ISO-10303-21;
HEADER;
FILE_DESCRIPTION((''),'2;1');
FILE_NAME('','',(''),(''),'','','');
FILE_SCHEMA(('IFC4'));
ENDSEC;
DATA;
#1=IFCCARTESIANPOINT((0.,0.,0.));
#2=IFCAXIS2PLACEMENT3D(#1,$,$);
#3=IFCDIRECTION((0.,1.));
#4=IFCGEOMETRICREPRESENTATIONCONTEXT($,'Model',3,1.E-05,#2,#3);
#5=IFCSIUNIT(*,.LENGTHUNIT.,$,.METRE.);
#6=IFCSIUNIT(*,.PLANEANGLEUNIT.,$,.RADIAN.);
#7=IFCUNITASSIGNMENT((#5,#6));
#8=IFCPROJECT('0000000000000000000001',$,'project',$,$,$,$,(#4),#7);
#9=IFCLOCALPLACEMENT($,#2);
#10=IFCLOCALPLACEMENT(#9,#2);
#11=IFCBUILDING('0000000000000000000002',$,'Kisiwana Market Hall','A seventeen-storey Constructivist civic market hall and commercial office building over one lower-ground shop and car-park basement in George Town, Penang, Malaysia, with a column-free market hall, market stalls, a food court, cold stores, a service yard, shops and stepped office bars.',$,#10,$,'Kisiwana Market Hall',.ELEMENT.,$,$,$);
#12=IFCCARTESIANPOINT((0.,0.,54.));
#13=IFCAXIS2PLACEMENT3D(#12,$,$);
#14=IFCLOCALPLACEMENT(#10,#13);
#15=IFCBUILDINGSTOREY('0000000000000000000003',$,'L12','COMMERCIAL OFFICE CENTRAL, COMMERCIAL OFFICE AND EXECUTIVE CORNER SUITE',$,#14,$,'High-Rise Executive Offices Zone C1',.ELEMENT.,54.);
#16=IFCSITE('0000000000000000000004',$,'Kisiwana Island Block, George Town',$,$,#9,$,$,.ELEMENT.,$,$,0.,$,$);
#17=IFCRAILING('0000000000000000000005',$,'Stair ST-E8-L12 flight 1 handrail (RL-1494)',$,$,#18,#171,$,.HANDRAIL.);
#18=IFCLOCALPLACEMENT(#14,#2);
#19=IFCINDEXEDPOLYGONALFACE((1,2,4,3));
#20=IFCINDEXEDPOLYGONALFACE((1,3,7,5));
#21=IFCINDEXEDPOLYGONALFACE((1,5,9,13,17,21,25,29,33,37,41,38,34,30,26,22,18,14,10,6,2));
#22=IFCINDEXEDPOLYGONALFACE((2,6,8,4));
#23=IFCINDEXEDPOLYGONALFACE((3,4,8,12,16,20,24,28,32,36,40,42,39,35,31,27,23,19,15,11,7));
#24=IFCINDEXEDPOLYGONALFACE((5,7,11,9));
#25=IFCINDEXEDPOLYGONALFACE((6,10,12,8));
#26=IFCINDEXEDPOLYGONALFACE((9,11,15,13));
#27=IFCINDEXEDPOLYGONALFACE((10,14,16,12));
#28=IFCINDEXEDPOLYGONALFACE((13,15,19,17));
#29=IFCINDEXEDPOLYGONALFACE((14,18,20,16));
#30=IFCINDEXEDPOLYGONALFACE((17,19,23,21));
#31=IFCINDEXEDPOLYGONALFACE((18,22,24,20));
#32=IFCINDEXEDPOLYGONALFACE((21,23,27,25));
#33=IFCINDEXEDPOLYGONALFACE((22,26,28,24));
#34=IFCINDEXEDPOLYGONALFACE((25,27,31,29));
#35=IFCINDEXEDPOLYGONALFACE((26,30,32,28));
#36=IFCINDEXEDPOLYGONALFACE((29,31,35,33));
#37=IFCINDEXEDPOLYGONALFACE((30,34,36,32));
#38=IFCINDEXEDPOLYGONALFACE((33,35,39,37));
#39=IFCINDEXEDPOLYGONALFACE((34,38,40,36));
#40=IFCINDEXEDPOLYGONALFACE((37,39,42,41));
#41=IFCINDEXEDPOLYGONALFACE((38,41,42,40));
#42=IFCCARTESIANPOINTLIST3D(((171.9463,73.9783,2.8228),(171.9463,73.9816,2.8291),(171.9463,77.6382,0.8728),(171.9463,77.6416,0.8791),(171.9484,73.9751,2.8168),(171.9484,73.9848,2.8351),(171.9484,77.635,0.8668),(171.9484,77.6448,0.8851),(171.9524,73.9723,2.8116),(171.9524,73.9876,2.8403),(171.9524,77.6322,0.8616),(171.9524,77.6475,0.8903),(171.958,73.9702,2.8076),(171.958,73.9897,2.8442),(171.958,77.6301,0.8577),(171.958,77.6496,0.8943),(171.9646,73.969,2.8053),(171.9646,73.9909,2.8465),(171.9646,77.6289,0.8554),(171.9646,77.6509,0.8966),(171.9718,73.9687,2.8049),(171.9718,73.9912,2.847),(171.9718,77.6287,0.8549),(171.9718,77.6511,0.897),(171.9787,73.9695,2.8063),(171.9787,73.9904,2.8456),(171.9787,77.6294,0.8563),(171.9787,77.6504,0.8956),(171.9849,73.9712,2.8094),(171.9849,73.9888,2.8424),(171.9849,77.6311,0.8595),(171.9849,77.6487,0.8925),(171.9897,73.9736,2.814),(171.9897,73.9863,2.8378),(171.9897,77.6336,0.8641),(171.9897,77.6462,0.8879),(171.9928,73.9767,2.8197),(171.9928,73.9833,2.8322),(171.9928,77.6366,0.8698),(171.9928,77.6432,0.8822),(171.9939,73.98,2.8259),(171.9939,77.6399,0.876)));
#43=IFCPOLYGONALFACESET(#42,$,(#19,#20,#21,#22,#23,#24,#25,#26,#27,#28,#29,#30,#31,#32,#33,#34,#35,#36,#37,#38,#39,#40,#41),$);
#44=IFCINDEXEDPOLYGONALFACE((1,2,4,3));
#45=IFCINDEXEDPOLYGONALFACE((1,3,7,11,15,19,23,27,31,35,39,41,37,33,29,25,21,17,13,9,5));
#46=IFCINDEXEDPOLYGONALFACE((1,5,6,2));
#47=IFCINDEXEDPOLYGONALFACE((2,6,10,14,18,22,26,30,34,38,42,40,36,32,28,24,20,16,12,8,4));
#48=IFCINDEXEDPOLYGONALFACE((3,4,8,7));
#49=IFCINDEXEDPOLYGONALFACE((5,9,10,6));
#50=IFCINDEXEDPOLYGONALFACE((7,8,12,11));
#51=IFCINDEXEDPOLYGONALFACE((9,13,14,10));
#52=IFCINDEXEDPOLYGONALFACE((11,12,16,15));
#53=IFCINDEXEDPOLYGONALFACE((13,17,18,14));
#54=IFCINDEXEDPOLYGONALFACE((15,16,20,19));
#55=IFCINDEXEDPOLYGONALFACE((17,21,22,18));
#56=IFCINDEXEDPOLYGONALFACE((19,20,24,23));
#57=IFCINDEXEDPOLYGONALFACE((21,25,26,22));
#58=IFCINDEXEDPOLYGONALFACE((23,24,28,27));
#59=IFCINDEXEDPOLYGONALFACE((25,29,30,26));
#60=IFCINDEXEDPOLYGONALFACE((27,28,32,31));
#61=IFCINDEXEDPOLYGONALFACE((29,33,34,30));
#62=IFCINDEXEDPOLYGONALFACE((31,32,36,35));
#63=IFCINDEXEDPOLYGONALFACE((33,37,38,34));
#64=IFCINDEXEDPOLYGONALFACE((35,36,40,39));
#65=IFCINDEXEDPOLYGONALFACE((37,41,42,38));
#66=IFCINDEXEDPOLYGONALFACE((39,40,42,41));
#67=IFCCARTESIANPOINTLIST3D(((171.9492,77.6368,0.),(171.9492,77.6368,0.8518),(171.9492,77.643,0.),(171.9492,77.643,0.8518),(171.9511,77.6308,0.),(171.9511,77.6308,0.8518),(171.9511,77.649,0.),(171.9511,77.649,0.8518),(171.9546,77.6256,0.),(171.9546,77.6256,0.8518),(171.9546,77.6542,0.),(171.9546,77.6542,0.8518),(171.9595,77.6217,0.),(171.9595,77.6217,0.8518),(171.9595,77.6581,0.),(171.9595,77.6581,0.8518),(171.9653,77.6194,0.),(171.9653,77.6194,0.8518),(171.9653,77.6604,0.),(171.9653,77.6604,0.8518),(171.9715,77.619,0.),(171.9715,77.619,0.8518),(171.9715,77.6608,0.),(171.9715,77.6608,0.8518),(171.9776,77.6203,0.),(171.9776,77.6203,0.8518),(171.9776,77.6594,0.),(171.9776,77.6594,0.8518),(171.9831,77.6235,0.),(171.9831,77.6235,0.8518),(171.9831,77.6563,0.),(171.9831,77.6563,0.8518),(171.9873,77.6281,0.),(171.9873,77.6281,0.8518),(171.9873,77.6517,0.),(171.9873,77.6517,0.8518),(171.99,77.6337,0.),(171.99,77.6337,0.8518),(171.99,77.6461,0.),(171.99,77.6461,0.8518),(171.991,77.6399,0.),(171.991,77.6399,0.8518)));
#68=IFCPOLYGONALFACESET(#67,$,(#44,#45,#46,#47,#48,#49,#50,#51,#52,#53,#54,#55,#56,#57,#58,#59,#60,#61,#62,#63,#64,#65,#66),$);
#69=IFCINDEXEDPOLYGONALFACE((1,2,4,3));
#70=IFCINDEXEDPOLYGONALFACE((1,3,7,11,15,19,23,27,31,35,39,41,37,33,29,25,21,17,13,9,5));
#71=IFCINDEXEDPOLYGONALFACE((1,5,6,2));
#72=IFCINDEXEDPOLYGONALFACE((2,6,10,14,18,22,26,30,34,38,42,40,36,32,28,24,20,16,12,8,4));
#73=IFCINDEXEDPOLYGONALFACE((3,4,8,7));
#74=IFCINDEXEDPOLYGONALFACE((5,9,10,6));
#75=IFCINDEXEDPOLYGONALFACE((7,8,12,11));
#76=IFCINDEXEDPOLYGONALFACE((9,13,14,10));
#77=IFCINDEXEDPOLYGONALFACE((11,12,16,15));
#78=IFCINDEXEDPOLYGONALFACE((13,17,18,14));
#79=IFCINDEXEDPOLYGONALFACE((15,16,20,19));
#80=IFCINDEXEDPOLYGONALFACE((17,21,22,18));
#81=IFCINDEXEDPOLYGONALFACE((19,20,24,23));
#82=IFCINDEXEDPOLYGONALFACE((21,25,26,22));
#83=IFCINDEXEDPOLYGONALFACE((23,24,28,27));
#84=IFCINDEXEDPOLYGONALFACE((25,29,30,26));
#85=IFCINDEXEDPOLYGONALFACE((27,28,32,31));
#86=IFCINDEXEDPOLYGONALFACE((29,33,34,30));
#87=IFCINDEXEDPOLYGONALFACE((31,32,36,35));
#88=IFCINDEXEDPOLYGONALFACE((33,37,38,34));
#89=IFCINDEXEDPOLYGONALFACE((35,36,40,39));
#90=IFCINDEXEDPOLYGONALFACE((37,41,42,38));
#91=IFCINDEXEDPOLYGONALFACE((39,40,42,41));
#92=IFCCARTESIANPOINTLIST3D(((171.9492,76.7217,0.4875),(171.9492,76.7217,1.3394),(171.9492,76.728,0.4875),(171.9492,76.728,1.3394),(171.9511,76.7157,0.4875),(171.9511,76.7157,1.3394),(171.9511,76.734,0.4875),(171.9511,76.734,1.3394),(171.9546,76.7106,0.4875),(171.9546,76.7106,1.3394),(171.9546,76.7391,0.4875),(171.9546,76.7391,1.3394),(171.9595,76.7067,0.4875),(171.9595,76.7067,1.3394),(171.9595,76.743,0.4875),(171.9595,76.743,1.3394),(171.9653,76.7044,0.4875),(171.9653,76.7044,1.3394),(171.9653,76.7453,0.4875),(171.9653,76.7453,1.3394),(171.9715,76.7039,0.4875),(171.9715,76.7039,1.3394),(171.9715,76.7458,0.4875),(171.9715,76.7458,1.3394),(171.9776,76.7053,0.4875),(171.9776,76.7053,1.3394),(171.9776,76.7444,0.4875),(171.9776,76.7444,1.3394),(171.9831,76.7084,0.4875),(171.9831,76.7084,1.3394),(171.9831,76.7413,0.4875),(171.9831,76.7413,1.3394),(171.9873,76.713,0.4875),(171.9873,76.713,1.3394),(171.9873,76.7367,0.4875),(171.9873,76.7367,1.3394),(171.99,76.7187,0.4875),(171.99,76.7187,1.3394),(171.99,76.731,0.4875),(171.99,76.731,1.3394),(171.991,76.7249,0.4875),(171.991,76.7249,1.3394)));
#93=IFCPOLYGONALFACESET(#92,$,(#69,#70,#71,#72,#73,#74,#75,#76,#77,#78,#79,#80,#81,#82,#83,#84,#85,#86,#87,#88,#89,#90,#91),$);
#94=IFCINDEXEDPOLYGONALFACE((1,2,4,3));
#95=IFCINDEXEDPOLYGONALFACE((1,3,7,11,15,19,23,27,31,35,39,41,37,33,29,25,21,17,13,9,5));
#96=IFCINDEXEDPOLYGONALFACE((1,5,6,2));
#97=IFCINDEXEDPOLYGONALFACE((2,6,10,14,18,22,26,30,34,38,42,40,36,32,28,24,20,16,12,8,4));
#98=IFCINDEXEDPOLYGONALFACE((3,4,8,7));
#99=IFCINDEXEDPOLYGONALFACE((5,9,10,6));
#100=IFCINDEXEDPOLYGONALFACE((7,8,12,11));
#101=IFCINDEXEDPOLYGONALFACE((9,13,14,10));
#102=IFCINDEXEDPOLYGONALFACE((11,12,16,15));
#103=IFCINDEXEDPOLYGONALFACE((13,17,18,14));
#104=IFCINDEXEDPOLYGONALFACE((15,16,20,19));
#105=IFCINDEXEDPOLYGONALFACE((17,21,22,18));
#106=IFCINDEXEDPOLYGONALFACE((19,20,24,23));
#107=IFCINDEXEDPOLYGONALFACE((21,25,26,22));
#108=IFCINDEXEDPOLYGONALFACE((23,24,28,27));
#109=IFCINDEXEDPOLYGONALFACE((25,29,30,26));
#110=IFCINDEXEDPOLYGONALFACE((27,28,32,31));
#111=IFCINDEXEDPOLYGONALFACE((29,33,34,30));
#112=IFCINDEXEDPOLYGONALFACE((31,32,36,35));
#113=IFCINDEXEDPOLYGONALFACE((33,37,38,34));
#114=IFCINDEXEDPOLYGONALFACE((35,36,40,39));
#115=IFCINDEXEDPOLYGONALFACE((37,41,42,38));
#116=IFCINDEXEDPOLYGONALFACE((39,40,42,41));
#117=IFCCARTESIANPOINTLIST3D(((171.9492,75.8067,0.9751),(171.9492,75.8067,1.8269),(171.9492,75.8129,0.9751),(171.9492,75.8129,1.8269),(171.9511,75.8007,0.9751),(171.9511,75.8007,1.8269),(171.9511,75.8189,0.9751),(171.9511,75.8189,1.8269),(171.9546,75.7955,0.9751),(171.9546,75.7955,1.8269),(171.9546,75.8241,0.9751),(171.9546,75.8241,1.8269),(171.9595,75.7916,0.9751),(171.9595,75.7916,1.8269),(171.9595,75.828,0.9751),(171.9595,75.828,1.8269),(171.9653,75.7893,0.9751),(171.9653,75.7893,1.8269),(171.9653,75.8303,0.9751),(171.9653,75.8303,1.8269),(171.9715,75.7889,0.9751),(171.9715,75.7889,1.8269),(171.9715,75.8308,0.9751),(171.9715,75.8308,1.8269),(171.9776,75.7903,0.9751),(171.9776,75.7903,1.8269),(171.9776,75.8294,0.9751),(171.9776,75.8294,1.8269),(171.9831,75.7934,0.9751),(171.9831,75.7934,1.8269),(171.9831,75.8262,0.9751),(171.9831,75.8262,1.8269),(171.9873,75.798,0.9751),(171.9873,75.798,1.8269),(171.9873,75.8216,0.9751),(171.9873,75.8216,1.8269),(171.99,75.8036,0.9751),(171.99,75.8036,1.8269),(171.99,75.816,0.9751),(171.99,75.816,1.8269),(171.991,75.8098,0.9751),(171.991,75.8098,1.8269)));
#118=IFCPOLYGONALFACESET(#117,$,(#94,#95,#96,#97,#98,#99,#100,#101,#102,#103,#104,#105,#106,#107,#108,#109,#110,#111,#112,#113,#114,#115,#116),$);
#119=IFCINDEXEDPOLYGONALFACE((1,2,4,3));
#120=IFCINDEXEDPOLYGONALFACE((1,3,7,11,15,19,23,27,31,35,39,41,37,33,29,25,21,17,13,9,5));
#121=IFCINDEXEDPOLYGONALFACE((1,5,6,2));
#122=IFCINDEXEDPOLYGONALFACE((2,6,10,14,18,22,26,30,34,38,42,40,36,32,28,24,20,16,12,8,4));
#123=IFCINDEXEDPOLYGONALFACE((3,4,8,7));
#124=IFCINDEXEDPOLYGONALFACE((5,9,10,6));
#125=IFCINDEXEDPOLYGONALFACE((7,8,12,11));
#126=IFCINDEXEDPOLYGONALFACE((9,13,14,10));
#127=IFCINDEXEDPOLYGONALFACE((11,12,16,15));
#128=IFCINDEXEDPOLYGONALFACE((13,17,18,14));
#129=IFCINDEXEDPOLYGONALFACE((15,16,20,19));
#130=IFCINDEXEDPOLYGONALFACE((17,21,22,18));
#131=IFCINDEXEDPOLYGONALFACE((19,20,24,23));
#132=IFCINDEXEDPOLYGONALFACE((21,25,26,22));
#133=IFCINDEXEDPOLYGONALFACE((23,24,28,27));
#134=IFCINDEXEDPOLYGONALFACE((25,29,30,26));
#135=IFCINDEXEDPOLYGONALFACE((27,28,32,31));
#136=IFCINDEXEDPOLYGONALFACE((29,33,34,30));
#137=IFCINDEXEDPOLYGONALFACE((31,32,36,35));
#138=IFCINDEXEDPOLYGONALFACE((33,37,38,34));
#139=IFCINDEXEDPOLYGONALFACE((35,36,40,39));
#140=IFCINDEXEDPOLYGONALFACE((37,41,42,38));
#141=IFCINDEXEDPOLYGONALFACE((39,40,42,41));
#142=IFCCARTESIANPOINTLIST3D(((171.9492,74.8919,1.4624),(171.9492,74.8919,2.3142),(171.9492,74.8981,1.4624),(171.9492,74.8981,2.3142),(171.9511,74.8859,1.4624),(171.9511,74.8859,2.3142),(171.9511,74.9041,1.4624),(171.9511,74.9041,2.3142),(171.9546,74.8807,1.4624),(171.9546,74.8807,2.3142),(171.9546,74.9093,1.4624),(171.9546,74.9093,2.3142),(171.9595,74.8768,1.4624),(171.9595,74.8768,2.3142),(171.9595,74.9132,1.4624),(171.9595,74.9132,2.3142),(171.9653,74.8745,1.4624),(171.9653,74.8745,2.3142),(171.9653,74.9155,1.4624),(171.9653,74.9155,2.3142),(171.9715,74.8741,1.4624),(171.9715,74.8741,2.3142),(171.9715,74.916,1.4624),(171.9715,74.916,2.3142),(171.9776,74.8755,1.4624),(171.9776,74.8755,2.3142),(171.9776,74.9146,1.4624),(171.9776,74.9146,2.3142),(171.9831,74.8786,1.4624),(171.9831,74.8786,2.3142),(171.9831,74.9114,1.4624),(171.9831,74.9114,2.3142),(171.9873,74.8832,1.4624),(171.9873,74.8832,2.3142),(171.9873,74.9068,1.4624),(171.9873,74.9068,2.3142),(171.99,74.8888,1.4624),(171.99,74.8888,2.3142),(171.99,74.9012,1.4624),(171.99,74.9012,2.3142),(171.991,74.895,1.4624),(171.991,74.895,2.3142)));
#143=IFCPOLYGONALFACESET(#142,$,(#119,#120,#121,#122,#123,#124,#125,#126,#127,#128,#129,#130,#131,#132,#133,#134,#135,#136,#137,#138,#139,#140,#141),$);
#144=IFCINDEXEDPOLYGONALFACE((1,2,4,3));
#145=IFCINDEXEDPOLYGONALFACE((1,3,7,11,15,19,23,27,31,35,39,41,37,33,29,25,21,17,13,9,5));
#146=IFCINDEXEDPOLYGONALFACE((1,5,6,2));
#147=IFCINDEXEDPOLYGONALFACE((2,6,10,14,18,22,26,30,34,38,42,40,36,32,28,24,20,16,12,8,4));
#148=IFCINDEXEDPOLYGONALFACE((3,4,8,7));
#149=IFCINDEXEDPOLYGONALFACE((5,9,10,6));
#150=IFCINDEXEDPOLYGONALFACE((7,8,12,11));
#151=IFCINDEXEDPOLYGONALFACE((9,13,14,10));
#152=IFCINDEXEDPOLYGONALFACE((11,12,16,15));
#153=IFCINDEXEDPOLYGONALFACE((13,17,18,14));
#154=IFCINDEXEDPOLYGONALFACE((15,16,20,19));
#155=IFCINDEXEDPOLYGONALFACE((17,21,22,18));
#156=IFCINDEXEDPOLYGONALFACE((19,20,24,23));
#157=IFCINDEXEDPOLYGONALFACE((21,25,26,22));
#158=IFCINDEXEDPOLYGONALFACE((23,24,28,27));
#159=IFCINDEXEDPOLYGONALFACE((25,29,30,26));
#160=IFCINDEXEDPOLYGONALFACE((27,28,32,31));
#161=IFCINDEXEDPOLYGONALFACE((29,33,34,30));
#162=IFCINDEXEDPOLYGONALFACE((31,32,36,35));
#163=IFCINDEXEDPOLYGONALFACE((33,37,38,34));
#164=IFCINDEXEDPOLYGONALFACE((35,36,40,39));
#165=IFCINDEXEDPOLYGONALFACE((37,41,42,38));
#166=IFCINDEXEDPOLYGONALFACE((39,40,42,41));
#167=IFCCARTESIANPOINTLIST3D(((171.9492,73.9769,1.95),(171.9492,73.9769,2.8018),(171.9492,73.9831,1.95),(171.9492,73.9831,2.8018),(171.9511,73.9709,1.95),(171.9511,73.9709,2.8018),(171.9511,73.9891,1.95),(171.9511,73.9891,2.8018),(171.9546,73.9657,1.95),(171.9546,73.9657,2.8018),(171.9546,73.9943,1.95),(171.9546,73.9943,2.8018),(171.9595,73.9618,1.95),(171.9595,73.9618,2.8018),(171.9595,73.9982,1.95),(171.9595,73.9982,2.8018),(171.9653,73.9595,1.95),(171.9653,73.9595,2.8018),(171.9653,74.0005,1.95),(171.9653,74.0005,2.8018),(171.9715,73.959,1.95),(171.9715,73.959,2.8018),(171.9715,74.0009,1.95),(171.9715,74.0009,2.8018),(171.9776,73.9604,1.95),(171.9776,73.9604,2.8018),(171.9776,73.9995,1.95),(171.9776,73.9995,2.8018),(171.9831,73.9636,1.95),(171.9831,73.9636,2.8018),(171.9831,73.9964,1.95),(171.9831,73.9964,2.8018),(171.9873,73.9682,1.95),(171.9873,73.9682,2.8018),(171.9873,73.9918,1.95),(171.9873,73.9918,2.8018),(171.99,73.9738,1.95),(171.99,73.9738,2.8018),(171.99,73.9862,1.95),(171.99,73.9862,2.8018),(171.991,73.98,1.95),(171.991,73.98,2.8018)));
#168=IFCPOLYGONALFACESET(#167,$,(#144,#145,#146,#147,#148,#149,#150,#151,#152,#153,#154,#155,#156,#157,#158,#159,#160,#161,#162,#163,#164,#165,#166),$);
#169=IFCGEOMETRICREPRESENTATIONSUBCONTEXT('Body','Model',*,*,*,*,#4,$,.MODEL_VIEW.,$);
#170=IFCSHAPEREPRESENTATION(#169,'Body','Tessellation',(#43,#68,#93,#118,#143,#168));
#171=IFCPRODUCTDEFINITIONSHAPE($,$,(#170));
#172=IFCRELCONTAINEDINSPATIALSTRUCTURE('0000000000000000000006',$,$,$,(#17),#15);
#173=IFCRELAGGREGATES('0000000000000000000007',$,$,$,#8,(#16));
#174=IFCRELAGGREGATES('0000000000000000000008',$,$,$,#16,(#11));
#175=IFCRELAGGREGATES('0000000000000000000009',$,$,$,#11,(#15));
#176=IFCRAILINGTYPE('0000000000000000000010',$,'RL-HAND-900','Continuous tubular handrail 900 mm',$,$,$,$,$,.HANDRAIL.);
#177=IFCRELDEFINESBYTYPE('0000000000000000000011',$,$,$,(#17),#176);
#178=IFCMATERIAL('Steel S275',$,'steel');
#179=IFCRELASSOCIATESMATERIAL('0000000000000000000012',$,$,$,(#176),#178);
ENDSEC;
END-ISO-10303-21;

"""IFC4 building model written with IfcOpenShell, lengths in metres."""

from ifc_helpers import new_model, si_unit, direction, frame, origin, origin_2d, place, context, subcontext, project, spatial, circle, extrude, material, type_object, element, save


model = new_model("IFC4")

# Units and contexts
model_context = context("Model", 3, precision=1e-05, world=origin(), true_north=direction((0.0, 1.0)))
body_context = subcontext(model_context, "Body", "Model", "MODEL_VIEW")
ifc_project = project(units=[si_unit("LENGTHUNIT", "METRE"), si_unit("PLANEANGLEUNIT", "RADIAN")], contexts=[model_context])

# Site, building, storey
site_placement = place(None, origin())
site = spatial("IfcSite", under=ifc_project, at=site_placement, Name="Kisiwana Island Block, George Town", CompositionType="ELEMENT", RefElevation=0.0)
building_placement = place(site_placement, origin())
building = spatial("IfcBuilding", under=site, at=building_placement, Name="Kisiwana Market Hall", Description="A seventeen-storey Constructivist civic market hall and commercial office building over one lower-ground shop and car-park basement in George Town, Penang, Malaysia, with a column-free market hall, market stalls, a food court, cold stores, a service yard, shops and stepped office bars.", LongName="Kisiwana Market Hall", CompositionType="ELEMENT")
storey_placement = place(building_placement, frame((0.0, 0.0, 54.0)))
storey = spatial("IfcBuildingStorey", under=building, at=storey_placement, Name="L12", Description="COMMERCIAL OFFICE CENTRAL, COMMERCIAL OFFICE AND EXECUTIVE CORNER SUITE", LongName="High-Rise Executive Offices Zone C1", CompositionType="ELEMENT", Elevation=54.0)

# Railing
ifc_material_1 = material(Name="Steel S275", Category="steel")
railing_type_1 = type_object("IfcRailingType", Name="RL-HAND-900", Description="Continuous tubular handrail 900 mm", PredefinedType="HANDRAIL", material=ifc_material_1)
railing_1_placement = place(storey_placement, frame((171.97, 77.6399, 0.0)))
element("IfcRailing", 1, at=railing_1_placement, inside=storey, type_object=railing_type_1, Name="Stair ST-E8-L12 flight 1 handrail (RL-1494)", PredefinedType="HANDRAIL", context=body_context, shape_type="SweptSolid", body=[
    extrude(circle(Radius=0.0239, at=origin_2d()), frame((0.0, 0.0, 0.876), z_axis=(0.0, -0.882553, 0.470212), x_axis=(1.0, 0.0, 0.0)), (0.0, 0.0, 1.0), 4.147),
    extrude(circle(Radius=0.021, at=origin_2d()), origin(), (0.0, 0.0, 1.0), 0.8518),
    extrude(circle(Radius=0.021, at=origin_2d()), frame((0.0, -0.915, 0.4875)), (0.0, 0.0, 1.0), 0.8518),
    extrude(circle(Radius=0.021, at=origin_2d()), frame((0.0, -1.8301, 0.9751)), (0.0, 0.0, 1.0), 0.8518),
    extrude(circle(Radius=0.021, at=origin_2d()), frame((0.0, -2.7449, 1.4624)), (0.0, 0.0, 1.0), 0.8518),
    extrude(circle(Radius=0.021, at=origin_2d()), frame((0.0, -3.6599, 1.95)), (0.0, 0.0, 1.0), 0.8518),
])

save(model, "model.ifc")
